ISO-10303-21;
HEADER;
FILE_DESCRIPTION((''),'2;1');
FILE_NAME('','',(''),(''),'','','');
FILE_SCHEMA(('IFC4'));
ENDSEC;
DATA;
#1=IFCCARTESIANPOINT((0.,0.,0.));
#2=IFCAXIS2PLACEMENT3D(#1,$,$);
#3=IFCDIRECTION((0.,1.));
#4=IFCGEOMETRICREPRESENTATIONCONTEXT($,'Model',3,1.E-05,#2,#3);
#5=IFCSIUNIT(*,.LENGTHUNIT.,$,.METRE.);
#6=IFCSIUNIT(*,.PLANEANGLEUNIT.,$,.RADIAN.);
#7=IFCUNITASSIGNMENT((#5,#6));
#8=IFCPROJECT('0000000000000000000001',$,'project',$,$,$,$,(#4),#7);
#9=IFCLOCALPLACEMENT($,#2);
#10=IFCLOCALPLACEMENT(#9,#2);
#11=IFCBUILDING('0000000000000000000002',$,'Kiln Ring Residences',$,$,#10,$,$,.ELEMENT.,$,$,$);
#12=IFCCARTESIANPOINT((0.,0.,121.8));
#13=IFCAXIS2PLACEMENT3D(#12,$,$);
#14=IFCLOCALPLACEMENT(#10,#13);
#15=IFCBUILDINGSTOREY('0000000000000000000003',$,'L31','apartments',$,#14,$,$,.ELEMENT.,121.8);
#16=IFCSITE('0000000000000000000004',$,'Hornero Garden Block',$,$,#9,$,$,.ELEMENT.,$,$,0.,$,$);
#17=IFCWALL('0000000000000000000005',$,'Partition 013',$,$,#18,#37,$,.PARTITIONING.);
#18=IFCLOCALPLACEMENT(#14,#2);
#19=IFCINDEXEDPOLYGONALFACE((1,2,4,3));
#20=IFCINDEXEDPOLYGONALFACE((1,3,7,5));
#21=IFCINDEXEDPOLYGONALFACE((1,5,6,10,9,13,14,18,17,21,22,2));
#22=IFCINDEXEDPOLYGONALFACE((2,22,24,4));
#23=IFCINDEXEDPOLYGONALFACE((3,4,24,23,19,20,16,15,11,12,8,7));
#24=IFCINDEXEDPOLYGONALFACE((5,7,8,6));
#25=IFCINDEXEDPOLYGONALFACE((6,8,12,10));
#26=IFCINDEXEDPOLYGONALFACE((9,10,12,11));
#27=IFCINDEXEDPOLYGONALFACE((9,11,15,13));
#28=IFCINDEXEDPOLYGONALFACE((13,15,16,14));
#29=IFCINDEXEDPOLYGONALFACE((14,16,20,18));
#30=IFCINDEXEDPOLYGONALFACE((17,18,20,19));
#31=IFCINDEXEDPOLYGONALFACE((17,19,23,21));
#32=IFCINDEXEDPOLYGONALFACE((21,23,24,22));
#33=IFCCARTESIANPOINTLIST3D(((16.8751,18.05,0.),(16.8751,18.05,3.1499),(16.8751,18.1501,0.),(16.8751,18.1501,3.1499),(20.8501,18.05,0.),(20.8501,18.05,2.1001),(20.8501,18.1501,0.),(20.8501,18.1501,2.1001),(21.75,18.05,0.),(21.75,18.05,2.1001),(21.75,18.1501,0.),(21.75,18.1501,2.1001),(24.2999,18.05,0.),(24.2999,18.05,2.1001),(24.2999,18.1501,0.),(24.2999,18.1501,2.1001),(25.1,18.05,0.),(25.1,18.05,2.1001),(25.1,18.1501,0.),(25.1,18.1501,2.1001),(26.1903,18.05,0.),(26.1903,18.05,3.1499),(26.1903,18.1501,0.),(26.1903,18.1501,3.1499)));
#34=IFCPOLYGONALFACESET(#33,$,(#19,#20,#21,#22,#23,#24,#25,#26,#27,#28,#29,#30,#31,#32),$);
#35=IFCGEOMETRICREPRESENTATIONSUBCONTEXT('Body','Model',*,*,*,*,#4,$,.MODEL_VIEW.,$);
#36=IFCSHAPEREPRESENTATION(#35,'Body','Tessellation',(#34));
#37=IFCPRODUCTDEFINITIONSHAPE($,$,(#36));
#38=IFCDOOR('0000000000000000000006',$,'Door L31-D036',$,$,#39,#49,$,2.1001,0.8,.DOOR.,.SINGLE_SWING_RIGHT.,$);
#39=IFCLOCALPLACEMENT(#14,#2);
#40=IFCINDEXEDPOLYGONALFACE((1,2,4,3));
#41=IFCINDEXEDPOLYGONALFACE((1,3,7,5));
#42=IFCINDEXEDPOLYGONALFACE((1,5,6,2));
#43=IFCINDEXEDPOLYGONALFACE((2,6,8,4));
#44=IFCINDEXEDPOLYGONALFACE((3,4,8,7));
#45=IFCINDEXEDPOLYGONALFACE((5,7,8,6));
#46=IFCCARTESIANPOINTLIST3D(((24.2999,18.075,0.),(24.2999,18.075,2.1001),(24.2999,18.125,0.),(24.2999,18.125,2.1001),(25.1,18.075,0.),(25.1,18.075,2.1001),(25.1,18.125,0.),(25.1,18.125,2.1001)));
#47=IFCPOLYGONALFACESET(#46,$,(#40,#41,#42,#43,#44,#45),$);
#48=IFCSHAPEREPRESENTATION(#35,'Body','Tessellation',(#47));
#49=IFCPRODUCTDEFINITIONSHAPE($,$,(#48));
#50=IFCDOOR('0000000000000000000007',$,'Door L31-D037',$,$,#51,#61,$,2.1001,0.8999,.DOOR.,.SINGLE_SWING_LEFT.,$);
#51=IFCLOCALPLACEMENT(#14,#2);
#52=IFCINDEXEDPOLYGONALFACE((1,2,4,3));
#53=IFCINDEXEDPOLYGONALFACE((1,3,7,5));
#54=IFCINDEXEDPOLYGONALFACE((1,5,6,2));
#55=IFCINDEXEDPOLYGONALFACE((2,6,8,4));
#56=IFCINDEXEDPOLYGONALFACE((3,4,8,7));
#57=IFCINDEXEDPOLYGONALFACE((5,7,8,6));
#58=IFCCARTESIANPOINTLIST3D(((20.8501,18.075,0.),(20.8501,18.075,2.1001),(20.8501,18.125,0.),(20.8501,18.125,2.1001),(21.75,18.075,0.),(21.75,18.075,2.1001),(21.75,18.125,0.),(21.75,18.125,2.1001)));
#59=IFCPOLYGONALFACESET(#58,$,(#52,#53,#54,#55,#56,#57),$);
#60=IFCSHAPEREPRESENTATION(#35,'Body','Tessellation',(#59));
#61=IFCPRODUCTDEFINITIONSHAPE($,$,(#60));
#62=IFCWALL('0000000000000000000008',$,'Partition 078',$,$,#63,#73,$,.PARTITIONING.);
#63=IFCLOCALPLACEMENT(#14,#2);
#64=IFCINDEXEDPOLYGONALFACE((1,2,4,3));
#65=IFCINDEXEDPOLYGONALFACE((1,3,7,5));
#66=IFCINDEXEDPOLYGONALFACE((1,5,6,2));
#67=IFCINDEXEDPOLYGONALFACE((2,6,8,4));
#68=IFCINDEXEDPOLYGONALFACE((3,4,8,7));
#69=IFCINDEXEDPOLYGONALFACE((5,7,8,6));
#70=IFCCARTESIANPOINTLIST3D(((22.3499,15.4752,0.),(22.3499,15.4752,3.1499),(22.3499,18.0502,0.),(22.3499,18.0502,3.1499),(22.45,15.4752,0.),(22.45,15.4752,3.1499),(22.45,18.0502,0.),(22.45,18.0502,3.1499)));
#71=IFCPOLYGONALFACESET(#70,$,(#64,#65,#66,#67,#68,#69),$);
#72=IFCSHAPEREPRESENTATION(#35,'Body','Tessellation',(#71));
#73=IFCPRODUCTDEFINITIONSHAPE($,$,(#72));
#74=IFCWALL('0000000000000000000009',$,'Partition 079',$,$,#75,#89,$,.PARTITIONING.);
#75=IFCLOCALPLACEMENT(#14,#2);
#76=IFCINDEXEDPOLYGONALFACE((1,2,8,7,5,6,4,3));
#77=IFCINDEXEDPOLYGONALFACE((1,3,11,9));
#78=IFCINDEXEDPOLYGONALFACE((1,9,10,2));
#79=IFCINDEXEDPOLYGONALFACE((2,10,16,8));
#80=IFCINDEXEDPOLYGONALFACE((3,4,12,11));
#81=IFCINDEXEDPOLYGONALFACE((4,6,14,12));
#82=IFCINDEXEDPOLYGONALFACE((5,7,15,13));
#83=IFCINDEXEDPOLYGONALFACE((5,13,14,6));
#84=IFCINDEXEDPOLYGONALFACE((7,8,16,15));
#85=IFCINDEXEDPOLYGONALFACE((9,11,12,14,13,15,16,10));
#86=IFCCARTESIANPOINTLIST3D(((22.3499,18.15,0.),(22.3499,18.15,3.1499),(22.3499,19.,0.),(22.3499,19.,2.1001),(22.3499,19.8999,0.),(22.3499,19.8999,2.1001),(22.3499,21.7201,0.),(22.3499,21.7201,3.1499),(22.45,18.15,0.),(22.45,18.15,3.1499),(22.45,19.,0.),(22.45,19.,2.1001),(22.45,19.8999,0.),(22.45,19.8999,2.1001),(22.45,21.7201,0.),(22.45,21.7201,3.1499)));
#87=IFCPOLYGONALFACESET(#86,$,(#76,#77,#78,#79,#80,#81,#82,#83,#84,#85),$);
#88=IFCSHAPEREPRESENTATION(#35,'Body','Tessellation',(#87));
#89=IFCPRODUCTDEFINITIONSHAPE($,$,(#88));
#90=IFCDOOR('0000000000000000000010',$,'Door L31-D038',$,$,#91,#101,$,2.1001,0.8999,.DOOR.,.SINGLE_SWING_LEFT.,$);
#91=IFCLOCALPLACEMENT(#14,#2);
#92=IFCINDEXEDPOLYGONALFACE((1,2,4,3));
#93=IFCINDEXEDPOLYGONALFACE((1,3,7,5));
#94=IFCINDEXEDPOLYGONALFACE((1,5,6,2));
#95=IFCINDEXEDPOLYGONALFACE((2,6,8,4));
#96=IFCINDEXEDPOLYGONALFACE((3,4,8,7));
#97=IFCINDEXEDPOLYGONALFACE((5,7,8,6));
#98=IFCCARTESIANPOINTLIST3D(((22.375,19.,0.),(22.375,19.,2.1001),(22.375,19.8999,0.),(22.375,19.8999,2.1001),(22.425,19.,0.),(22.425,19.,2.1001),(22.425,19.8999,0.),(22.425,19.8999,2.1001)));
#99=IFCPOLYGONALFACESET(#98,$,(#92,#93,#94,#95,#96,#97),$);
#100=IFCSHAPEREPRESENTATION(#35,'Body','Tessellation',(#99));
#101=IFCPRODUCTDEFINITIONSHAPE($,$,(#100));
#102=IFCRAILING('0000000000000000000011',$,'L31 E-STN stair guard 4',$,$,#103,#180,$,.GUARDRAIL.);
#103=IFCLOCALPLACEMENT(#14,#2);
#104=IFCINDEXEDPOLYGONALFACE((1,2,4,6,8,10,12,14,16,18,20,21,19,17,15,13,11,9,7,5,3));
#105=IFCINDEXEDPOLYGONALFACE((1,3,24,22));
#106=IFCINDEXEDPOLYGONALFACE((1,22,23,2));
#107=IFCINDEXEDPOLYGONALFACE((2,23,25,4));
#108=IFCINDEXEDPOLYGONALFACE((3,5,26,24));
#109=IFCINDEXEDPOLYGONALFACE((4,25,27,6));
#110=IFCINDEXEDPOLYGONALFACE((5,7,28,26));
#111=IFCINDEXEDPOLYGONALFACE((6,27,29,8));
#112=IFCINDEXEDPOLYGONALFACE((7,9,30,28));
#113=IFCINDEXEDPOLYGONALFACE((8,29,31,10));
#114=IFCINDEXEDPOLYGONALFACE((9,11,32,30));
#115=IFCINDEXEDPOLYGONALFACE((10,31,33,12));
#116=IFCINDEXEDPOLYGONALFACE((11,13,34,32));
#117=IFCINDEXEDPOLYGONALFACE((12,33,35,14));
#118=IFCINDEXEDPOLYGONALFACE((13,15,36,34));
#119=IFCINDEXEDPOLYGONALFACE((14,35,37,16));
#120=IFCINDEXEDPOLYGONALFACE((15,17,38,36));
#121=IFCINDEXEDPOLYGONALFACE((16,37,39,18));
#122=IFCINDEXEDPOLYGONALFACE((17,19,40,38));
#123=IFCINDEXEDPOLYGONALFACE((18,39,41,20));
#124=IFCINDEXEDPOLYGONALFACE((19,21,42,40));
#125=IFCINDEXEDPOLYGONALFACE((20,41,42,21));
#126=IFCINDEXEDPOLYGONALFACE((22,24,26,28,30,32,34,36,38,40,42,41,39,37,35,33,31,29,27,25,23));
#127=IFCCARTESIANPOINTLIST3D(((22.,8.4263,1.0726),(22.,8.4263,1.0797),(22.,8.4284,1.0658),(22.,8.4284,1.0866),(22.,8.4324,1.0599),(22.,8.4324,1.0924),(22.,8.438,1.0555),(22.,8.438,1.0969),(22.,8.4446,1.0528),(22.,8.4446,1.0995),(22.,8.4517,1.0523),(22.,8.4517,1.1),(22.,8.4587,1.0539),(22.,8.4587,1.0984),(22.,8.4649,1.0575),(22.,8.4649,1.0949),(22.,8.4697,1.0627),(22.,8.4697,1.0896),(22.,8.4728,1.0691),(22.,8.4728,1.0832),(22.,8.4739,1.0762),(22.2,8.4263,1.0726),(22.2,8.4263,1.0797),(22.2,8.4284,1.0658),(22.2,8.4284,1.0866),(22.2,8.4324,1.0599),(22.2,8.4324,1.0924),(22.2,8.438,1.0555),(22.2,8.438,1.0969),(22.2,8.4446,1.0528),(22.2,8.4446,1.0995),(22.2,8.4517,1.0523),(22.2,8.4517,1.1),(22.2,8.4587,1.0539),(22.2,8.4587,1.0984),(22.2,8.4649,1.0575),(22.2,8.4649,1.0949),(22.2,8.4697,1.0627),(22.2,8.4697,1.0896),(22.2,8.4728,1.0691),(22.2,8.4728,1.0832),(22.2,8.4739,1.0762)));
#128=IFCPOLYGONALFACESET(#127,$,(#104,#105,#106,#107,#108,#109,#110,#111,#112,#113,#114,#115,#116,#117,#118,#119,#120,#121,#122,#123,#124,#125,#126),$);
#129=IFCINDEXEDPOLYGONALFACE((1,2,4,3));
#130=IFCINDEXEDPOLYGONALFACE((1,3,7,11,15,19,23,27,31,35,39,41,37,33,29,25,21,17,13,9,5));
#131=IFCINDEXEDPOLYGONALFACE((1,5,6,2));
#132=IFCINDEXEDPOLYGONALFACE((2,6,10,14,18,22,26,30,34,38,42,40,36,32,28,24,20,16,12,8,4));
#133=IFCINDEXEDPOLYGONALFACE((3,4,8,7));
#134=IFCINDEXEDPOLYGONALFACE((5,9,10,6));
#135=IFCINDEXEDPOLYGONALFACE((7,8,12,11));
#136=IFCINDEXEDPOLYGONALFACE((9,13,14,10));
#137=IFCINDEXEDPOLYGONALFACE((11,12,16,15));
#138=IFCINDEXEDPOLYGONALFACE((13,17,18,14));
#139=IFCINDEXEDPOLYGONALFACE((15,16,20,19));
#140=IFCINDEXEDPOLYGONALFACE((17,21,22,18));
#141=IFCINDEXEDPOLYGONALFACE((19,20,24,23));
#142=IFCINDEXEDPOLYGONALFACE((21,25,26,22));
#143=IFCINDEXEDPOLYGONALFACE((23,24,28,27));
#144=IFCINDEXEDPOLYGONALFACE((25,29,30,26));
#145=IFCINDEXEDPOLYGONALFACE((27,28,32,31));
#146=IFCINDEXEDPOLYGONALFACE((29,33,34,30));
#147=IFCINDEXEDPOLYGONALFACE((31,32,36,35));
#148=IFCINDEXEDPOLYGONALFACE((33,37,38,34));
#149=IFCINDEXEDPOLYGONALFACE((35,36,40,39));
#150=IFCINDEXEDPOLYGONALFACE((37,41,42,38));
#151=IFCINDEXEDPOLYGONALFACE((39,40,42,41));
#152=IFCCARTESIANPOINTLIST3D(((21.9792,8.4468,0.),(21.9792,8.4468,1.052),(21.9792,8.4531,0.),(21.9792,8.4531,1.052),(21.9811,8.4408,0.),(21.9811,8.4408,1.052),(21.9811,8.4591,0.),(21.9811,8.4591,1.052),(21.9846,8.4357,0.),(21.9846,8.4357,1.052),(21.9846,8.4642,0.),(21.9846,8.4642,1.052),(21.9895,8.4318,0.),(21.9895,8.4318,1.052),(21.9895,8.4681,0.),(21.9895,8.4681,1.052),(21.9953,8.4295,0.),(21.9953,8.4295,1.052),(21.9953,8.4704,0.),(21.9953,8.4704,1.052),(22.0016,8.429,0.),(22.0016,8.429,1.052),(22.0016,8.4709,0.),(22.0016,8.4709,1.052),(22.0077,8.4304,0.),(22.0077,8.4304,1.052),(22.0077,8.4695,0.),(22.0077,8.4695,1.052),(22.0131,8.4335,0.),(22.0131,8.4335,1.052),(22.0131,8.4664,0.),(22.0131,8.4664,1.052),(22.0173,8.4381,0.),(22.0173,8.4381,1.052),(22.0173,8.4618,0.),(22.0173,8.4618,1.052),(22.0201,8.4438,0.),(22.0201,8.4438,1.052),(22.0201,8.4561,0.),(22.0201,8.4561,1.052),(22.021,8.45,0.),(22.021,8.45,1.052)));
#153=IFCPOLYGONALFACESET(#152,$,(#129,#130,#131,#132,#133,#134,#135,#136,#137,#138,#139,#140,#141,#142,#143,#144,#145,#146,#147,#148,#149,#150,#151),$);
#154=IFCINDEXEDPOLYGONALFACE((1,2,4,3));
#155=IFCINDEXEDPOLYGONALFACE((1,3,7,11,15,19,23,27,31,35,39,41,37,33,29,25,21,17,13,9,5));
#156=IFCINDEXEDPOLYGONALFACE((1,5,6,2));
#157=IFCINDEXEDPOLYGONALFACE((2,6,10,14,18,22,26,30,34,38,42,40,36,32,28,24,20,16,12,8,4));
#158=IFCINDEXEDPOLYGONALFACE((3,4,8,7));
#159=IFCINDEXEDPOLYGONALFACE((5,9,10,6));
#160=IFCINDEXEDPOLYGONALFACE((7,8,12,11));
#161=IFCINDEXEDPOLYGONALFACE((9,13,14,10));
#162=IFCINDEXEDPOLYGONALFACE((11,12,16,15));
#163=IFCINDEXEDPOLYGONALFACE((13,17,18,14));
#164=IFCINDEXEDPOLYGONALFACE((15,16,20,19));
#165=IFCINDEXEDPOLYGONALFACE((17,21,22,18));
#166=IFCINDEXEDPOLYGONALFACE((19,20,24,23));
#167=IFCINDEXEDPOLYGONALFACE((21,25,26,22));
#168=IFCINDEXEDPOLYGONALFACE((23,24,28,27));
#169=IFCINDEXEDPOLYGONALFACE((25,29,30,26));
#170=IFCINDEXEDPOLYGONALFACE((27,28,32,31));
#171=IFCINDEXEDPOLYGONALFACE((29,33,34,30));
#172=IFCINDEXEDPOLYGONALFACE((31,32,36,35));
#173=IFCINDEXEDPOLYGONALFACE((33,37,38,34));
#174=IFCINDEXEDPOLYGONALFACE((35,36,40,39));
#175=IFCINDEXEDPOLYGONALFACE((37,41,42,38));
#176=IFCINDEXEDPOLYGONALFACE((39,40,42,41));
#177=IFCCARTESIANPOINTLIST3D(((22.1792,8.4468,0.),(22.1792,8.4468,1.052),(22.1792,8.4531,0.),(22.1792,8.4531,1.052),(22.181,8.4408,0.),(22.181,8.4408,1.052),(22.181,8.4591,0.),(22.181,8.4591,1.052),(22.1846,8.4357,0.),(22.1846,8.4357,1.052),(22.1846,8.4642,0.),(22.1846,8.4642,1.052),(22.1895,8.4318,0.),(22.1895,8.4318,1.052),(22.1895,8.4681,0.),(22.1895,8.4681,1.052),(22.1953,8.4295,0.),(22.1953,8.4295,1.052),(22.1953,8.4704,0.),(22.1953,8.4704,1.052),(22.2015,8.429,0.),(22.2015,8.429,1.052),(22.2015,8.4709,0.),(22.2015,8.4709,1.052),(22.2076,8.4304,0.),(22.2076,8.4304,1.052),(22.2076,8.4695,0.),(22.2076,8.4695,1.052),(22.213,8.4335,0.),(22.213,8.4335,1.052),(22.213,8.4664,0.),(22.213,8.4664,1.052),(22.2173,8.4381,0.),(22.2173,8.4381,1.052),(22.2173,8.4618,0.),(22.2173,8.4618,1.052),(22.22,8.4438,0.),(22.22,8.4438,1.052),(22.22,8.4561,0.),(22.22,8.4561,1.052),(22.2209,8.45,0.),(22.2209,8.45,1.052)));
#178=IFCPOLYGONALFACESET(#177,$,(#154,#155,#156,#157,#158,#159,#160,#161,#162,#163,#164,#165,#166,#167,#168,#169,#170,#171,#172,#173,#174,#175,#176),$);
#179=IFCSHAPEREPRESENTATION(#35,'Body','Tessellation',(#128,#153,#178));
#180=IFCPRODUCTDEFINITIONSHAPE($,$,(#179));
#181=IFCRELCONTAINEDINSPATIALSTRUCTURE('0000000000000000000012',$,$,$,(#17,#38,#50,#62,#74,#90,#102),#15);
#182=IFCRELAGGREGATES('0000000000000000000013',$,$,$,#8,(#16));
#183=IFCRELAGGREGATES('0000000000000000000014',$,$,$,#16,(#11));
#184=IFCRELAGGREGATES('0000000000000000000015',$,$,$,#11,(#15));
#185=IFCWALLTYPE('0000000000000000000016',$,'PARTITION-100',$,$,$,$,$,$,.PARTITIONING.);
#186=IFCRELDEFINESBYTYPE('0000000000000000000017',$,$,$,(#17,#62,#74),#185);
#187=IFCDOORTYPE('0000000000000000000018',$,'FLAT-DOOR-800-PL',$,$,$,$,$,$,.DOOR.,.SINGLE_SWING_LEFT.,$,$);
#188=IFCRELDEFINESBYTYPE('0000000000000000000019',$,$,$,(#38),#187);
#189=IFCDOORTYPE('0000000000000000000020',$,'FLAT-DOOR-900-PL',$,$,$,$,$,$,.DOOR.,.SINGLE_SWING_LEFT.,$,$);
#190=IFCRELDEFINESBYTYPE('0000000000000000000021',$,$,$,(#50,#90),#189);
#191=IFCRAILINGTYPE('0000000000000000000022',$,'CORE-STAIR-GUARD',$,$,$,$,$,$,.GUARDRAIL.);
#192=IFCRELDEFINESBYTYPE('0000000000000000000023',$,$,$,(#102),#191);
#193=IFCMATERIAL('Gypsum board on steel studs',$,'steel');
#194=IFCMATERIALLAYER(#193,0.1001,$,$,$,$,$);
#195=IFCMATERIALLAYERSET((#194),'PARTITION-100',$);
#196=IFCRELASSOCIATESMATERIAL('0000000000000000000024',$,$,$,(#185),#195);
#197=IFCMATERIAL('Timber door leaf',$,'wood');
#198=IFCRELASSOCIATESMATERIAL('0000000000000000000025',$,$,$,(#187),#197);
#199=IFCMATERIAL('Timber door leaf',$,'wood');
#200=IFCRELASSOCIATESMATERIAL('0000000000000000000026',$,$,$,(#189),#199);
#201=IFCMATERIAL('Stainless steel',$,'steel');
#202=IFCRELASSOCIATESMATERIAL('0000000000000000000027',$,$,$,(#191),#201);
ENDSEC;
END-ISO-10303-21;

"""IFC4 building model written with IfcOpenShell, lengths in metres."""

from ifc_helpers import new_model, si_unit, direction, frame, frame_2d, origin, origin_2d, place, context, subcontext, project, spatial, rectangle, circle, extrude, material, layer, layer_set, type_object, element, fill, save


model = new_model("IFC4")

# Units and contexts
model_context = context("Model", 3, precision=1e-05, world=origin(), true_north=direction((0.0, 1.0)))
body_context = subcontext(model_context, "Body", "Model", "MODEL_VIEW")
ifc_project = project(units=[si_unit("LENGTHUNIT", "METRE"), si_unit("PLANEANGLEUNIT", "RADIAN")], contexts=[model_context])

# Site, building, storey
site_placement = place(None, origin())
site = spatial("IfcSite", under=ifc_project, at=site_placement, Name="Hornero Garden Block", CompositionType="ELEMENT", RefElevation=0.0)
building_placement = place(site_placement, origin())
building = spatial("IfcBuilding", under=site, at=building_placement, Name="Kiln Ring Residences", CompositionType="ELEMENT")
storey_placement = place(building_placement, frame((0.0, 0.0, 121.8)))
storey = spatial("IfcBuildingStorey", under=building, at=storey_placement, Name="L31", Description="apartments", CompositionType="ELEMENT", Elevation=121.8)

# Wall, openings, doors
ifc_material_1 = material(Name="Gypsum board on steel studs", Category="steel")
ifc_layer_1 = layer(ifc_material_1, 0.1001)
ifc_layer_set_1 = layer_set([ifc_layer_1], Name="PARTITION-100")
wall_type_1 = type_object("IfcWallType", Name="PARTITION-100", PredefinedType="PARTITIONING", material=ifc_layer_set_1)
wall_1_placement = place(storey_placement, frame((16.875, 18.1001, 0.0), z_axis=(0.0, 0.0, 1.0), x_axis=(1.0, 0.0, 0.0)))
wall_1 = element("IfcWall", 1, at=wall_1_placement, inside=storey, type_object=wall_type_1, Name="Partition 013", PredefinedType="PARTITIONING", context=body_context, shape_type="SweptSolid", body=[
    extrude(rectangle(XDim=9.3152, YDim=0.1001, at=frame_2d((4.6577, 0.0))), origin(), (0.0, 0.0, 1.0), 3.1499),
])
opening_1_placement = place(wall_1_placement, frame((7.425, 0.0, 0.0)))
opening_1 = element("IfcOpeningElement", 2, at=opening_1_placement, cuts=wall_1, PredefinedType="OPENING", context=body_context, shape_type="SweptSolid", body=[
    extrude(rectangle(XDim=0.8, YDim=2.1001, at=frame_2d((0.3999, 1.05))), frame((0.0, 0.0601, 0.0), z_axis=(0.0, -1.0, 0.0), x_axis=(1.0, 0.0, 0.0)), (0.0, 0.0, 1.0), 0.1201),
])
opening_2_placement = place(wall_1_placement, frame((3.9751, 0.0, 0.0)))
opening_2 = element("IfcOpeningElement", 3, at=opening_2_placement, cuts=wall_1, PredefinedType="OPENING", context=body_context, shape_type="SweptSolid", body=[
    extrude(rectangle(XDim=0.8999, YDim=2.1001, at=frame_2d((0.45, 1.05))), frame((0.0, 0.0601, 0.0), z_axis=(0.0, -1.0, 0.0), x_axis=(1.0, 0.0, 0.0)), (0.0, 0.0, 1.0), 0.1201),
])
ifc_material_2 = material(Name="Timber door leaf", Category="wood")
door_type_1 = type_object("IfcDoorType", Name="FLAT-DOOR-800-PL", OperationType="SINGLE_SWING_LEFT", PredefinedType="DOOR", material=ifc_material_2)
door_1_placement = place(opening_1_placement, origin())
door_1 = element("IfcDoor", 4, at=door_1_placement, inside=storey, type_object=door_type_1, Name="Door L31-D036", OperationType="SINGLE_SWING_RIGHT", OverallHeight=2.1001, OverallWidth=0.8, PredefinedType="DOOR", context=body_context, shape_type="SweptSolid", body=[
    extrude(rectangle(XDim=0.8, YDim=2.1001, at=frame_2d((0.3999, 1.05))), frame((0.0, 0.0249, 0.0), z_axis=(0.0, -1.0, 0.0), x_axis=(1.0, 0.0, 0.0)), (0.0, 0.0, 1.0), 0.05),
])
fill(opening_1, door_1)
ifc_material_3 = material(Name="Timber door leaf", Category="wood")
door_type_2 = type_object("IfcDoorType", Name="FLAT-DOOR-900-PL", OperationType="SINGLE_SWING_LEFT", PredefinedType="DOOR", material=ifc_material_3)
door_2_placement = place(opening_2_placement, origin())
door_2 = element("IfcDoor", 5, at=door_2_placement, inside=storey, type_object=door_type_2, Name="Door L31-D037", OperationType="SINGLE_SWING_LEFT", OverallHeight=2.1001, OverallWidth=0.8999, PredefinedType="DOOR", context=body_context, shape_type="SweptSolid", body=[
    extrude(rectangle(XDim=0.8999, YDim=2.1001, at=frame_2d((0.45, 1.05))), frame((0.0, 0.0249, 0.0), z_axis=(0.0, -1.0, 0.0), x_axis=(1.0, 0.0, 0.0)), (0.0, 0.0, 1.0), 0.05),
])
fill(opening_2, door_2)

# Wall
wall_2_placement = place(storey_placement, frame((22.3999, 15.4751, 0.0), z_axis=(0.0, 0.0, 1.0), x_axis=(0.0, 1.0, 0.0)))
element("IfcWall", 6, at=wall_2_placement, inside=storey, type_object=wall_type_1, Name="Partition 078", PredefinedType="PARTITIONING", context=body_context, shape_type="SweptSolid", body=[
    extrude(rectangle(XDim=2.575, YDim=0.1001, at=frame_2d((1.2876, 0.0))), origin(), (0.0, 0.0, 1.0), 3.1499),
])

# Wall, opening, door
wall_3_placement = place(storey_placement, frame((22.3999, 18.1499, 0.0), z_axis=(0.0, 0.0, 1.0), x_axis=(0.0, 1.0, 0.0)))
wall_3 = element("IfcWall", 7, at=wall_3_placement, inside=storey, type_object=wall_type_1, Name="Partition 079", PredefinedType="PARTITIONING", context=body_context, shape_type="SweptSolid", body=[
    extrude(rectangle(XDim=3.5701, YDim=0.1001, at=frame_2d((1.7852, 0.0))), origin(), (0.0, 0.0, 1.0), 3.1499),
])
opening_3_placement = place(wall_3_placement, frame((0.8501, 0.0, 0.0)))
opening_3 = element("IfcOpeningElement", 8, at=opening_3_placement, cuts=wall_3, PredefinedType="OPENING", context=body_context, shape_type="SweptSolid", body=[
    extrude(rectangle(XDim=0.8999, YDim=2.1001, at=frame_2d((0.45, 1.05))), frame((0.0, 0.0601, 0.0), z_axis=(0.0, -1.0, 0.0), x_axis=(1.0, 0.0, 0.0)), (0.0, 0.0, 1.0), 0.1201),
])
door_3_placement = place(opening_3_placement, origin())
door_3 = element("IfcDoor", 9, at=door_3_placement, inside=storey, type_object=door_type_2, Name="Door L31-D038", OperationType="SINGLE_SWING_LEFT", OverallHeight=2.1001, OverallWidth=0.8999, PredefinedType="DOOR", context=body_context, shape_type="SweptSolid", body=[
    extrude(rectangle(XDim=0.8999, YDim=2.1001, at=frame_2d((0.45, 1.05))), frame((0.0, 0.0249, 0.0), z_axis=(0.0, -1.0, 0.0), x_axis=(1.0, 0.0, 0.0)), (0.0, 0.0, 1.0), 0.05),
])
fill(opening_3, door_3)

# Railing
ifc_material_4 = material(Name="Stainless steel", Category="steel")
railing_type = type_object("IfcRailingType", Name="CORE-STAIR-GUARD", PredefinedType="GUARDRAIL", material=ifc_material_4)
railing_placement = place(storey_placement, frame((22.0, 8.45, 0.0)))
element("IfcRailing", 10, at=railing_placement, inside=storey, type_object=railing_type, Name="L31 E-STN stair guard 4", PredefinedType="GUARDRAIL", context=body_context, shape_type="SweptSolid", body=[
    extrude(circle(Radius=0.0239, at=origin_2d()), frame((0.0, 0.0, 1.0762), z_axis=(1.0, 0.0, 0.0), x_axis=(0.0, 1.0, 0.0)), (0.0, 0.0, 1.0), 0.2),
    extrude(circle(Radius=0.021, at=origin_2d()), origin(), (0.0, 0.0, 1.0), 1.052),
    extrude(circle(Radius=0.021, at=origin_2d()), frame((0.2, 0.0, 0.0)), (0.0, 0.0, 1.0), 1.052),
])

save(model, "model.ifc")
